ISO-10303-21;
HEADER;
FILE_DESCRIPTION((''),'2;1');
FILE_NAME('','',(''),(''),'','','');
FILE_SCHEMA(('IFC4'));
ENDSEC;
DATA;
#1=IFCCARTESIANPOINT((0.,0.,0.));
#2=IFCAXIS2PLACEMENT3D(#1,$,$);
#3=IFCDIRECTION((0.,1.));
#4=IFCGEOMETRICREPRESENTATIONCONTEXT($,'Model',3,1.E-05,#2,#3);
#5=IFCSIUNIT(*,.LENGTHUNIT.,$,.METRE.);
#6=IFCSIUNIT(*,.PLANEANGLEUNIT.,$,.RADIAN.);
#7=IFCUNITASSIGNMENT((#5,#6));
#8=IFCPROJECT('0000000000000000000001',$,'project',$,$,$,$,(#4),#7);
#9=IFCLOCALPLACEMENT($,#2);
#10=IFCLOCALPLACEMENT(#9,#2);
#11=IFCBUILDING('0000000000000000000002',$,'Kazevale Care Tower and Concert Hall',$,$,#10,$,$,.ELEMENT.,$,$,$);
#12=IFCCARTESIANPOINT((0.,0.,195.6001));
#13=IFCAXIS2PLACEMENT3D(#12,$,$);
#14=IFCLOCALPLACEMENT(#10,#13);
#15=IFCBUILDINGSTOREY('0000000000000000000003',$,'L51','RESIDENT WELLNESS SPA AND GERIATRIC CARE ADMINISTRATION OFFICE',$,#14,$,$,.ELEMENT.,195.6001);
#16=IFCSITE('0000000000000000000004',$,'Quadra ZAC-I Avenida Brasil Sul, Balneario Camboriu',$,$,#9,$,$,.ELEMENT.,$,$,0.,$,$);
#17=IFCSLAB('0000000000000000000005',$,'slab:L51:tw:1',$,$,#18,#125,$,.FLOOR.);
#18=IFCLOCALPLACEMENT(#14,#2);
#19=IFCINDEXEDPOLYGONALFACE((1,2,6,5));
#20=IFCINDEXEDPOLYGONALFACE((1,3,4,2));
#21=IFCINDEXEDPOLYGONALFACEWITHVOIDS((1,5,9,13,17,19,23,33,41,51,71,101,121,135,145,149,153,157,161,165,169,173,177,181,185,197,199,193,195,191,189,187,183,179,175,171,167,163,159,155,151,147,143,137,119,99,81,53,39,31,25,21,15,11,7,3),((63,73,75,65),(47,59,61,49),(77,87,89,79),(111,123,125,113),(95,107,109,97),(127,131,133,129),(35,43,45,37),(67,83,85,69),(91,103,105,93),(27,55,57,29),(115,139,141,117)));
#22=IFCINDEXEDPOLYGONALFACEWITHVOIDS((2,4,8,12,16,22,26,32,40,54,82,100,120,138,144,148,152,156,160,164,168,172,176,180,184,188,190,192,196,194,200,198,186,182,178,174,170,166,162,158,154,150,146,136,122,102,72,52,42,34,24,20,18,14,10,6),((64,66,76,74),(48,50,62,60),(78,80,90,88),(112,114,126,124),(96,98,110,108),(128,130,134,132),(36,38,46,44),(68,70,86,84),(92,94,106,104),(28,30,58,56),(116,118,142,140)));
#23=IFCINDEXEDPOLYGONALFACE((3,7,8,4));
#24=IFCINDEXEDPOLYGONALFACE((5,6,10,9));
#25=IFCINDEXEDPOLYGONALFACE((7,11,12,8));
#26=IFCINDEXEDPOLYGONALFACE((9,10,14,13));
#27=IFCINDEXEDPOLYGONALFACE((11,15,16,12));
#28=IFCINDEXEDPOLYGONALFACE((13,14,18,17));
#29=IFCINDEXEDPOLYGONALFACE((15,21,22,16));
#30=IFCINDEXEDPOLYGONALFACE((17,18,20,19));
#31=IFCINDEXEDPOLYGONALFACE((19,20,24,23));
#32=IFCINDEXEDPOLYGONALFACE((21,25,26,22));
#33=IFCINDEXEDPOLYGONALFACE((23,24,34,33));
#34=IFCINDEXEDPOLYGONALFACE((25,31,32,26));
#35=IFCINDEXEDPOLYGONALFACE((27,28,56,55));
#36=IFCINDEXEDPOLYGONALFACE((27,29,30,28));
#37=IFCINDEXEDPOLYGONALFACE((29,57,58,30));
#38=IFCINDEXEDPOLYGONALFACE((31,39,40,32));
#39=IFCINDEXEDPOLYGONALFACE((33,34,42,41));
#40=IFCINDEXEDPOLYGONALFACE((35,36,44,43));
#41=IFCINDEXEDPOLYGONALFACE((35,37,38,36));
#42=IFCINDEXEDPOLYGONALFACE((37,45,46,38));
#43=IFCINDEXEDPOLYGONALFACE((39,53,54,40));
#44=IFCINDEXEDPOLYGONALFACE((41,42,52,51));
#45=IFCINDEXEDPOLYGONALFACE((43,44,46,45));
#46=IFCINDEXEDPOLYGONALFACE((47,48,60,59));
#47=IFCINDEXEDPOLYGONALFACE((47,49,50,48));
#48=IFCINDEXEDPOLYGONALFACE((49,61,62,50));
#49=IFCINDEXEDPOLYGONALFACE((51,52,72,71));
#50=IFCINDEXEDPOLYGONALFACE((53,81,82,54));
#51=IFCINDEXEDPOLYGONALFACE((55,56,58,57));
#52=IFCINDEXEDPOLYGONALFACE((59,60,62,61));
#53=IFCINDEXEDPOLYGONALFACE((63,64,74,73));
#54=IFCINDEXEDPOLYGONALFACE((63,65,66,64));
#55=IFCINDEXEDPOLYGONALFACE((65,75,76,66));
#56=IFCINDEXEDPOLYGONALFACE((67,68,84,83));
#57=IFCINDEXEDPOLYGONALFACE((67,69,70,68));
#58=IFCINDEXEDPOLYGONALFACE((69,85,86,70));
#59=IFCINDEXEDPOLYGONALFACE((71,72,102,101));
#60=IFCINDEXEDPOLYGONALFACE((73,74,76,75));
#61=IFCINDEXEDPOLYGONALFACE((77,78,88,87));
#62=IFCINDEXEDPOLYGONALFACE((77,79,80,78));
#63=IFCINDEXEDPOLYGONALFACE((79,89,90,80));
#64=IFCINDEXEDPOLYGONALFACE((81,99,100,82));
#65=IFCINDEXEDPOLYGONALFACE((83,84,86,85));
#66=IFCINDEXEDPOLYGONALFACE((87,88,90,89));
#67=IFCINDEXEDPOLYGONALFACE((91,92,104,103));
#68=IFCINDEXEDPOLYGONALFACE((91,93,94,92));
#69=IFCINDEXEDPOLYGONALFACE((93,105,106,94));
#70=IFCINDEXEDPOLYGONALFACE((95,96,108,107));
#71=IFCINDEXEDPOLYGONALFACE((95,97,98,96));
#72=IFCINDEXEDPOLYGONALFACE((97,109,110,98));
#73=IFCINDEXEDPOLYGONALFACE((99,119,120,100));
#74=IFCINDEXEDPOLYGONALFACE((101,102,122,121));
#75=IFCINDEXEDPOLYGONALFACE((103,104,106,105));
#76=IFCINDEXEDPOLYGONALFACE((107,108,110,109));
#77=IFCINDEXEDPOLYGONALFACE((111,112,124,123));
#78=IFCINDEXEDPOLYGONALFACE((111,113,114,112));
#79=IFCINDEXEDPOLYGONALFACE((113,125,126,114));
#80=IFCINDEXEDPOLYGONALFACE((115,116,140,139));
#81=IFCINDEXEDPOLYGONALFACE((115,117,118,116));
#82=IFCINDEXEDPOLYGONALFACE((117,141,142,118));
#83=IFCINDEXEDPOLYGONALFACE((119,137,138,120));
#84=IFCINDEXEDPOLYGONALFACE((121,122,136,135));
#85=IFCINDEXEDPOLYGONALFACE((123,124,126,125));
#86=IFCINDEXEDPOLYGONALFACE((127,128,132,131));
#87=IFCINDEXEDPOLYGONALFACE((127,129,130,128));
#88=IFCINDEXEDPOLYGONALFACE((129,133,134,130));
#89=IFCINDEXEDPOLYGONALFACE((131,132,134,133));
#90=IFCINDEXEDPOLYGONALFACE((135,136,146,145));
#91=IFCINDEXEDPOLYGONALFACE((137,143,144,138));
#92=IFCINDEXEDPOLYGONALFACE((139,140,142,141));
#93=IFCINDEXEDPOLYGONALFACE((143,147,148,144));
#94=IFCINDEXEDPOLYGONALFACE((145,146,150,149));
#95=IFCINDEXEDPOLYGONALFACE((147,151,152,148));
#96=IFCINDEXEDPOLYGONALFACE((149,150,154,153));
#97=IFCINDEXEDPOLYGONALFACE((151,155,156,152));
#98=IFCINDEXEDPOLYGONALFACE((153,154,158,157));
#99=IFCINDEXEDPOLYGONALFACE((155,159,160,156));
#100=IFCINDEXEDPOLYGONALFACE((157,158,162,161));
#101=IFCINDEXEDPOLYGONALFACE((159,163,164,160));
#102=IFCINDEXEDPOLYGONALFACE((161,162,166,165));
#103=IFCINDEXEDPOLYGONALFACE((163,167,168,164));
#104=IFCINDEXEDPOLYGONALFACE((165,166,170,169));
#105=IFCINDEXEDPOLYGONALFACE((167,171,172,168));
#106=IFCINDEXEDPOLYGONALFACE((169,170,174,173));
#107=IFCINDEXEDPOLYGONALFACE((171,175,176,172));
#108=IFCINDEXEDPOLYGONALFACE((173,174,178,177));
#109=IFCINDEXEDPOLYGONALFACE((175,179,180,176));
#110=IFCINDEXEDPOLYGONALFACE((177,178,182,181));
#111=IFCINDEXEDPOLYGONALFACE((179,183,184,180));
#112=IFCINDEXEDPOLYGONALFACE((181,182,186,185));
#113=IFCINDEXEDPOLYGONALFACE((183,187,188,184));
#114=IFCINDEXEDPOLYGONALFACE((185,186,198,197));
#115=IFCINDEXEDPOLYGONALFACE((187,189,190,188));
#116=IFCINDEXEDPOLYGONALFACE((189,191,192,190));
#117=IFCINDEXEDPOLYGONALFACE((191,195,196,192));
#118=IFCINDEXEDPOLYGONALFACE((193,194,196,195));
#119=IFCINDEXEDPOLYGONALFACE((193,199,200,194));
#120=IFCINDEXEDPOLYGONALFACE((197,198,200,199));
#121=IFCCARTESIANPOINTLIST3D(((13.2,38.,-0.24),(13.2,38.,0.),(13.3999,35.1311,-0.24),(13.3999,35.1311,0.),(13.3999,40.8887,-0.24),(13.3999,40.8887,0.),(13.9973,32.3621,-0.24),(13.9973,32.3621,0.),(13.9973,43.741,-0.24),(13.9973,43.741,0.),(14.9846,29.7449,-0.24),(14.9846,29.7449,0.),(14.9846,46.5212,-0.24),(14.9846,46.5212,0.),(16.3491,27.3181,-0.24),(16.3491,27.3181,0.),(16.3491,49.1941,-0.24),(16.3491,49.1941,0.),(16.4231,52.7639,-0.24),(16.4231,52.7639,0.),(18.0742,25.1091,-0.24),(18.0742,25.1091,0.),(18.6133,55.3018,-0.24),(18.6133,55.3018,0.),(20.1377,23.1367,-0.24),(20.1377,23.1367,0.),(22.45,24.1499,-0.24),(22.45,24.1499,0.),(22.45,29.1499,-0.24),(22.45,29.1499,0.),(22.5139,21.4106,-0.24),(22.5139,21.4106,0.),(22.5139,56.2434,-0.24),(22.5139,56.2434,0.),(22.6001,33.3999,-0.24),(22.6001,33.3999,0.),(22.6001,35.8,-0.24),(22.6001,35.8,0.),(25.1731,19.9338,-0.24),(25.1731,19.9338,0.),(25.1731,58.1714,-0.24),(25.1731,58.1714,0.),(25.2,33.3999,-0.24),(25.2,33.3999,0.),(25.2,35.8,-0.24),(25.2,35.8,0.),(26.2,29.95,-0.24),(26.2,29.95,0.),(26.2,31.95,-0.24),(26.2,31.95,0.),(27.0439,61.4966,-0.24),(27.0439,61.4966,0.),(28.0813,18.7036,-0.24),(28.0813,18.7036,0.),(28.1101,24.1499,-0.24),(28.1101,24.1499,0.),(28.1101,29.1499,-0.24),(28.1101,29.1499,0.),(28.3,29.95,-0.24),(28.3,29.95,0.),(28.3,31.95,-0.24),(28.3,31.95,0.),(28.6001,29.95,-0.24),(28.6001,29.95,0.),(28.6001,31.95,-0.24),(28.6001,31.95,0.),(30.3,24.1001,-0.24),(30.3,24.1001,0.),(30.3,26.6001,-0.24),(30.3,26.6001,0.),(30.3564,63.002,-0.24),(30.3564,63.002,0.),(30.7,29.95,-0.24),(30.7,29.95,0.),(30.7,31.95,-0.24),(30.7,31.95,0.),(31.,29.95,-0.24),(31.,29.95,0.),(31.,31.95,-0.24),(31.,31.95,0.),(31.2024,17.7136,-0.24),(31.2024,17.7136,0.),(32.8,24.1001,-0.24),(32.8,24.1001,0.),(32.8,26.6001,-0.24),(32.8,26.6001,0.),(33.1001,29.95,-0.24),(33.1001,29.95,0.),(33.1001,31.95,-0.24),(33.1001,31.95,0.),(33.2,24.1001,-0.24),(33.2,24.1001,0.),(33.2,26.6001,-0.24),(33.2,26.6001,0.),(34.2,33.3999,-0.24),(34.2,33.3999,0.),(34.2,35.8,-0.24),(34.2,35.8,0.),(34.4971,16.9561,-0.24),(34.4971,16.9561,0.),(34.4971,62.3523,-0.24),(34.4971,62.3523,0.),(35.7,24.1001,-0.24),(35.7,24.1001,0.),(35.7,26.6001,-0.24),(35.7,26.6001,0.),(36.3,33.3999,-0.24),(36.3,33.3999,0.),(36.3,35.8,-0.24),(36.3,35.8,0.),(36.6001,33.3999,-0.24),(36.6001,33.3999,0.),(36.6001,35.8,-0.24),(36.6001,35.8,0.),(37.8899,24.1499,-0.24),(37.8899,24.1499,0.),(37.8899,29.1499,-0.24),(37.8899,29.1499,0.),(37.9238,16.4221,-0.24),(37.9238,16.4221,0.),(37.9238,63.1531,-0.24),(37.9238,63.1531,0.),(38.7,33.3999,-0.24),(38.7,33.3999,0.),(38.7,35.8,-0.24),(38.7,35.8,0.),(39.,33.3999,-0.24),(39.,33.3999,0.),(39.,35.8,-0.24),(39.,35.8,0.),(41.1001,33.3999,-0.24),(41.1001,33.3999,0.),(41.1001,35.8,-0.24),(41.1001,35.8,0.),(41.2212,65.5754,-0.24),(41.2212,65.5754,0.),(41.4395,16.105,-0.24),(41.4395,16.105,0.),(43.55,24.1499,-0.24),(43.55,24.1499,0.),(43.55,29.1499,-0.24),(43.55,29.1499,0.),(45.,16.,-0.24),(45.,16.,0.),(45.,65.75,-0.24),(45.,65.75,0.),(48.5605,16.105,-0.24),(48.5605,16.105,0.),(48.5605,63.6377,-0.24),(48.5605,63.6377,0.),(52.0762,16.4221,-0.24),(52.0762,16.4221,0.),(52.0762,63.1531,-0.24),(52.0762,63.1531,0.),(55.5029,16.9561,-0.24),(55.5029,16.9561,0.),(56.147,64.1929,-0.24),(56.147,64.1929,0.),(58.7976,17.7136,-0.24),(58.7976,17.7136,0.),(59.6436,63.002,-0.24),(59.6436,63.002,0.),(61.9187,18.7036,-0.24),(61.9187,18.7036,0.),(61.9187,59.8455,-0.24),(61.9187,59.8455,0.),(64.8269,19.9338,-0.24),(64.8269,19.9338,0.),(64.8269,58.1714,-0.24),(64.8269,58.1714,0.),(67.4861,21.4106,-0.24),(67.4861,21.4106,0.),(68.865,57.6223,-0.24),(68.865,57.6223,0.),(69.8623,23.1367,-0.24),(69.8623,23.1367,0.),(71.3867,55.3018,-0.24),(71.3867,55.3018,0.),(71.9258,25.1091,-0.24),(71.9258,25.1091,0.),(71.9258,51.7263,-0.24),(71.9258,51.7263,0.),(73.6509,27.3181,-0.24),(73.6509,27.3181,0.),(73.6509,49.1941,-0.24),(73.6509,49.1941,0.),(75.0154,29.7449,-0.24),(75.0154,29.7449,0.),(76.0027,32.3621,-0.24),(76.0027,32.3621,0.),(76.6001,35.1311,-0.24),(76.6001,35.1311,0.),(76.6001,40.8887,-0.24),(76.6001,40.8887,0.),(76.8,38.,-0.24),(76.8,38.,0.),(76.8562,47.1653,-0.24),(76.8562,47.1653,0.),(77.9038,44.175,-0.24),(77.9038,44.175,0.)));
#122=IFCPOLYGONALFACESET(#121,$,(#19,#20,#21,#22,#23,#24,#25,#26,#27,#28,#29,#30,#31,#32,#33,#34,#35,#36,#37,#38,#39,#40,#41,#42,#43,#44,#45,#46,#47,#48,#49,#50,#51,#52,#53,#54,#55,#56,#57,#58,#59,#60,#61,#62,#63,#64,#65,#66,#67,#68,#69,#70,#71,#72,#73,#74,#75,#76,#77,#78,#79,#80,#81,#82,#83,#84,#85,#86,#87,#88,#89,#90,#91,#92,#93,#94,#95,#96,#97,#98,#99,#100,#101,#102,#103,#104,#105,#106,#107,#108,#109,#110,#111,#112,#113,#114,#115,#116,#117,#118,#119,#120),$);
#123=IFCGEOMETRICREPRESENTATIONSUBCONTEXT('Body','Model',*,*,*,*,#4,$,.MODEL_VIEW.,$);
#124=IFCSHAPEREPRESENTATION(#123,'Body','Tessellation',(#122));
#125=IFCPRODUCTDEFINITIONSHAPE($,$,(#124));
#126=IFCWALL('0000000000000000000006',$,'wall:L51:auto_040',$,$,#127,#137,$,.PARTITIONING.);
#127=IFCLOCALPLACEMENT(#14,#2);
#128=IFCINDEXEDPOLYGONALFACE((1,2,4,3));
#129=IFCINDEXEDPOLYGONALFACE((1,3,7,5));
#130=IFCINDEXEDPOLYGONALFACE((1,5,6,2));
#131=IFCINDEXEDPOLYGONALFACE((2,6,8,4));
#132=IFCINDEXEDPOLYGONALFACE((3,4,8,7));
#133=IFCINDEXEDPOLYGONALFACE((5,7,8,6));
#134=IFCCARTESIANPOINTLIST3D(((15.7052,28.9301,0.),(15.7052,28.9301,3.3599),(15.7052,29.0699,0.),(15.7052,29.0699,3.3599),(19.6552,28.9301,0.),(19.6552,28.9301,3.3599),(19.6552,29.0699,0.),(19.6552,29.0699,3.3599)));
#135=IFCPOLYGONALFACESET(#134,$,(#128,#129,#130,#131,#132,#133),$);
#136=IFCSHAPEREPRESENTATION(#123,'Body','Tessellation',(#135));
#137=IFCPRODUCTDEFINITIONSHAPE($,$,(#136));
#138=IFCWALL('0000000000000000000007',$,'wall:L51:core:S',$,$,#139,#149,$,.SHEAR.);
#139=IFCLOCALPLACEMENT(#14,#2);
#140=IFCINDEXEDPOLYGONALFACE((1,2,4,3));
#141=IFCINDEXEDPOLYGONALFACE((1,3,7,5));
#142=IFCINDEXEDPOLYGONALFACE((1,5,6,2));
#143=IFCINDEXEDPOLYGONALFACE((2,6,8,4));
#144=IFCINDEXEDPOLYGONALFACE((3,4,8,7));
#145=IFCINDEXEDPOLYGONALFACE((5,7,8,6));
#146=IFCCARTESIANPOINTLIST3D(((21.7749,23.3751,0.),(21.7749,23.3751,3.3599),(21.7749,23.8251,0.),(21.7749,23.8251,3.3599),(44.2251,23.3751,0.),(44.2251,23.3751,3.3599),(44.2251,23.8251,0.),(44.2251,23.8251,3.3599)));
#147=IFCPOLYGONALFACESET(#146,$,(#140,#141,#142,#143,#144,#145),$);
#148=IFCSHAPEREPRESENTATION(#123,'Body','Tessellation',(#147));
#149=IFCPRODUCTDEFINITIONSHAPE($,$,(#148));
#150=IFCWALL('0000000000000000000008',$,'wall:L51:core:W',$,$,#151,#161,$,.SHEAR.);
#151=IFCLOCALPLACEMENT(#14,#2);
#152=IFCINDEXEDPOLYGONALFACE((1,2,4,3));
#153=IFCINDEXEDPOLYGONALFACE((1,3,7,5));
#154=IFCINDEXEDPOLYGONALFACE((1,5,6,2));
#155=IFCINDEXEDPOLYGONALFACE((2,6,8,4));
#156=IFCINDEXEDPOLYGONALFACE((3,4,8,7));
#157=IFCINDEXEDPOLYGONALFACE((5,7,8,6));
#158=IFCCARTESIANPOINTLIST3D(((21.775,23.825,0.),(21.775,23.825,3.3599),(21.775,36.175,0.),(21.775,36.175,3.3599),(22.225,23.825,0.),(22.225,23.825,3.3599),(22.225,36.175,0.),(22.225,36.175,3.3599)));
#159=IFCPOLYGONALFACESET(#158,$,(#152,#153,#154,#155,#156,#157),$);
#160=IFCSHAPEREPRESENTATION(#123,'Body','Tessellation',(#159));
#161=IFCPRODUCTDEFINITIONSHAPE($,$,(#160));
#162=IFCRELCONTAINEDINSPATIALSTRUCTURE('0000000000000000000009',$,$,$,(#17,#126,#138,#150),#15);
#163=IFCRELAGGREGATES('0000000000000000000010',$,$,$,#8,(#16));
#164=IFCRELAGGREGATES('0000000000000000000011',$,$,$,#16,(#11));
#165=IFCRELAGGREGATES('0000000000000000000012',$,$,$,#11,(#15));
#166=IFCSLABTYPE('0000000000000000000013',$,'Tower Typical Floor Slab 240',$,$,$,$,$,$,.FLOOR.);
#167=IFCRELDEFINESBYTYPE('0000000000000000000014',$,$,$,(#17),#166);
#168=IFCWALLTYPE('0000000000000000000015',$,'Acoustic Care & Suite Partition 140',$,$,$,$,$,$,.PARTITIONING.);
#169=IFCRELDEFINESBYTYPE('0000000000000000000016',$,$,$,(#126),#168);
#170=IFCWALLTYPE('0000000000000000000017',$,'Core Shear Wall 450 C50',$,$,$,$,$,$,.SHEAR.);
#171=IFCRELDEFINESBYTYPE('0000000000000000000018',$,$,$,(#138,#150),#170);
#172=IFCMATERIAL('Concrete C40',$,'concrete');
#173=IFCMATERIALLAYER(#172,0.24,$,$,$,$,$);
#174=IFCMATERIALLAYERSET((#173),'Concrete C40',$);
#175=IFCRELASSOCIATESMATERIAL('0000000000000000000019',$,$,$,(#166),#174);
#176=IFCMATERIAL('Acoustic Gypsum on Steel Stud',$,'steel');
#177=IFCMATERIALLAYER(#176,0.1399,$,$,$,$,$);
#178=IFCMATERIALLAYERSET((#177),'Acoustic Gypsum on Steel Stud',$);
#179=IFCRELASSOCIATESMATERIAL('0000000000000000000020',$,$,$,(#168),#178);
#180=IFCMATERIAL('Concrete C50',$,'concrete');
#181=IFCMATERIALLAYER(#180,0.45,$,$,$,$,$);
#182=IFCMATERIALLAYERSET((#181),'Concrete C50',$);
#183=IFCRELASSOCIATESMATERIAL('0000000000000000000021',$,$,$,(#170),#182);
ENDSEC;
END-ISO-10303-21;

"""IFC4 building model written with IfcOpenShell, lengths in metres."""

from ifc_helpers import new_model, si_unit, direction, frame, frame_2d, origin, place, context, subcontext, project, spatial, polyline, rectangle, outline, extrude, material, layer, layer_set, type_object, element, save


model = new_model("IFC4")

# Units and contexts
model_context = context("Model", 3, precision=1e-05, world=origin(), true_north=direction((0.0, 1.0)))
body_context = subcontext(model_context, "Body", "Model", "MODEL_VIEW")
ifc_project = project(units=[si_unit("LENGTHUNIT", "METRE"), si_unit("PLANEANGLEUNIT", "RADIAN")], contexts=[model_context])

# Site, building, storey
site_placement = place(None, origin())
site = spatial("IfcSite", under=ifc_project, at=site_placement, Name="Quadra ZAC-I Avenida Brasil Sul, Balneario Camboriu", CompositionType="ELEMENT", RefElevation=0.0)
building_placement = place(site_placement, origin())
building = spatial("IfcBuilding", under=site, at=building_placement, Name="Kazevale Care Tower and Concert Hall", CompositionType="ELEMENT")
storey_placement = place(building_placement, frame((0.0, 0.0, 195.6001)))
storey = spatial("IfcBuildingStorey", under=building, at=storey_placement, Name="L51", Description="RESIDENT WELLNESS SPA AND GERIATRIC CARE ADMINISTRATION OFFICE", CompositionType="ELEMENT", Elevation=195.6001)

# Shared definitions
ifc_material_1 = material(Name="Concrete C50", Category="concrete")

# Shared definitions
ifc_material_2 = material(Name="Concrete C40", Category="concrete")

# Slab
ifc_layer_1 = layer(ifc_material_2, 0.24)
ifc_layer_set_1 = layer_set([ifc_layer_1], Name="Concrete C40")
slab_type_1 = type_object("IfcSlabType", Name="Tower Typical Floor Slab 240", PredefinedType="FLOOR", material=ifc_layer_set_1)
slab_1_placement = place(storey_placement, frame((0.0, 0.0, -0.24)))
element("IfcSlab", 1, at=slab_1_placement, inside=storey, type_object=slab_type_1, Name="slab:L51:tw:1", PredefinedType="FLOOR", context=body_context, shape_type="SweptSolid", body=[
    extrude(outline(polyline([(76.8, 38.0), (76.6001, 40.8887), (77.9038, 44.175), (76.8562, 47.1653), (73.6509, 49.1941), (71.9258, 51.7263), (71.3867, 55.3018), (68.865, 57.6223), (64.8269, 58.1714), (61.9187, 59.8455), (59.6436, 63.002), (56.147, 64.1929), (52.0762, 63.1531), (48.5605, 63.6377), (45.0, 65.75), (41.2212, 65.5754), (37.9238, 63.1531), (34.4971, 62.3523), (30.3564, 63.002), (27.0439, 61.4966), (25.1731, 58.1714), (22.5139, 56.2434), (18.6133, 55.3018), (16.4231, 52.7639), (16.3491, 49.1941), (14.9846, 46.5212), (13.9973, 43.741), (13.3999, 40.8887), (13.2, 38.0), (13.3999, 35.1311), (13.9973, 32.3621), (14.9846, 29.7449), (16.3491, 27.3181), (18.0742, 25.1091), (20.1377, 23.1367), (22.5139, 21.4106), (25.1731, 19.9338), (28.0813, 18.7036), (31.2024, 17.7136), (34.4971, 16.9561), (37.9238, 16.4221), (41.4395, 16.105), (45.0, 16.0), (48.5605, 16.105), (52.0762, 16.4221), (55.5029, 16.9561), (58.7976, 17.7136), (61.9187, 18.7036), (64.8269, 19.9338), (67.4861, 21.4106), (69.8623, 23.1367), (71.9258, 25.1091), (73.6509, 27.3181), (75.0154, 29.7449), (76.0027, 32.3621), (76.6001, 35.1311), (76.8, 38.0)]), holes=[polyline([(22.45, 24.1499), (28.1101, 24.1499), (28.1101, 29.1499), (22.45, 29.1499), (22.45, 24.1499)]), polyline([(37.8899, 24.1499), (43.55, 24.1499), (43.55, 29.1499), (37.8899, 29.1499), (37.8899, 24.1499)]), polyline([(30.3, 24.1001), (32.8, 24.1001), (32.8, 26.6001), (30.3, 26.6001), (30.3, 24.1001)]), polyline([(33.2, 24.1001), (35.7, 24.1001), (35.7, 26.6001), (33.2, 26.6001), (33.2, 24.1001)]), polyline([(22.6001, 33.3999), (25.2, 33.3999), (25.2, 35.8), (22.6001, 35.8), (22.6001, 33.3999)]), polyline([(34.2, 33.3999), (36.3, 33.3999), (36.3, 35.8), (34.2, 35.8), (34.2, 33.3999)]), polyline([(36.6001, 33.3999), (38.7, 33.3999), (38.7, 35.8), (36.6001, 35.8), (36.6001, 33.3999)]), polyline([(39.0, 33.3999), (41.1001, 33.3999), (41.1001, 35.8), (39.0, 35.8), (39.0, 33.3999)]), polyline([(26.2, 29.95), (28.3, 29.95), (28.3, 31.95), (26.2, 31.95), (26.2, 29.95)]), polyline([(28.6001, 29.95), (30.7, 29.95), (30.7, 31.95), (28.6001, 31.95), (28.6001, 29.95)]), polyline([(31.0, 29.95), (33.1001, 29.95), (33.1001, 31.95), (31.0, 31.95), (31.0, 29.95)])]), origin(), (0.0, 0.0, 1.0), 0.24),
])

# Walls
ifc_material_3 = material(Name="Acoustic Gypsum on Steel Stud", Category="steel")
ifc_layer_2 = layer(ifc_material_3, 0.1399)
ifc_layer_set_2 = layer_set([ifc_layer_2], Name="Acoustic Gypsum on Steel Stud")
wall_type_1 = type_object("IfcWallType", Name="Acoustic Care & Suite Partition 140", PredefinedType="PARTITIONING", material=ifc_layer_set_2)
wall_1_placement = place(storey_placement, frame((15.7051, 29.0, 0.0), z_axis=(0.0, 0.0, 1.0), x_axis=(1.0, 0.0, 0.0)))
element("IfcWall", 2, at=wall_1_placement, inside=storey, type_object=wall_type_1, Name="wall:L51:auto_040", PredefinedType="PARTITIONING", context=body_context, shape_type="SweptSolid", body=[
    extrude(rectangle(XDim=3.95, YDim=0.1399, at=frame_2d((1.9751, 0.0))), origin(), (0.0, 0.0, 1.0), 3.3599),
])
ifc_layer_3 = layer(ifc_material_1, 0.45)
ifc_layer_set_3 = layer_set([ifc_layer_3], Name="Concrete C50")
wall_type_2 = type_object("IfcWallType", Name="Core Shear Wall 450 C50", PredefinedType="SHEAR", material=ifc_layer_set_3)
wall_2_placement = place(storey_placement, frame((21.7749, 23.6001, 0.0), z_axis=(0.0, 0.0, 1.0), x_axis=(1.0, 0.0, 0.0)))
element("IfcWall", 3, at=wall_2_placement, inside=storey, type_object=wall_type_2, Name="wall:L51:core:S", PredefinedType="SHEAR", context=body_context, shape_type="SweptSolid", body=[
    extrude(rectangle(XDim=22.4502, YDim=0.45, at=frame_2d((11.2251, 0.0))), origin(), (0.0, 0.0, 1.0), 3.3599),
])
wall_3_placement = place(storey_placement, frame((22.0, 23.825, 0.0), z_axis=(0.0, 0.0, 1.0), x_axis=(0.0, 1.0, 0.0)))
element("IfcWall", 4, at=wall_3_placement, inside=storey, type_object=wall_type_2, Name="wall:L51:core:W", PredefinedType="SHEAR", context=body_context, shape_type="SweptSolid", body=[
    extrude(rectangle(XDim=12.3501, YDim=0.45, at=frame_2d((6.175, 0.0))), origin(), (0.0, 0.0, 1.0), 3.3599),
])

save(model, "model.ifc")
